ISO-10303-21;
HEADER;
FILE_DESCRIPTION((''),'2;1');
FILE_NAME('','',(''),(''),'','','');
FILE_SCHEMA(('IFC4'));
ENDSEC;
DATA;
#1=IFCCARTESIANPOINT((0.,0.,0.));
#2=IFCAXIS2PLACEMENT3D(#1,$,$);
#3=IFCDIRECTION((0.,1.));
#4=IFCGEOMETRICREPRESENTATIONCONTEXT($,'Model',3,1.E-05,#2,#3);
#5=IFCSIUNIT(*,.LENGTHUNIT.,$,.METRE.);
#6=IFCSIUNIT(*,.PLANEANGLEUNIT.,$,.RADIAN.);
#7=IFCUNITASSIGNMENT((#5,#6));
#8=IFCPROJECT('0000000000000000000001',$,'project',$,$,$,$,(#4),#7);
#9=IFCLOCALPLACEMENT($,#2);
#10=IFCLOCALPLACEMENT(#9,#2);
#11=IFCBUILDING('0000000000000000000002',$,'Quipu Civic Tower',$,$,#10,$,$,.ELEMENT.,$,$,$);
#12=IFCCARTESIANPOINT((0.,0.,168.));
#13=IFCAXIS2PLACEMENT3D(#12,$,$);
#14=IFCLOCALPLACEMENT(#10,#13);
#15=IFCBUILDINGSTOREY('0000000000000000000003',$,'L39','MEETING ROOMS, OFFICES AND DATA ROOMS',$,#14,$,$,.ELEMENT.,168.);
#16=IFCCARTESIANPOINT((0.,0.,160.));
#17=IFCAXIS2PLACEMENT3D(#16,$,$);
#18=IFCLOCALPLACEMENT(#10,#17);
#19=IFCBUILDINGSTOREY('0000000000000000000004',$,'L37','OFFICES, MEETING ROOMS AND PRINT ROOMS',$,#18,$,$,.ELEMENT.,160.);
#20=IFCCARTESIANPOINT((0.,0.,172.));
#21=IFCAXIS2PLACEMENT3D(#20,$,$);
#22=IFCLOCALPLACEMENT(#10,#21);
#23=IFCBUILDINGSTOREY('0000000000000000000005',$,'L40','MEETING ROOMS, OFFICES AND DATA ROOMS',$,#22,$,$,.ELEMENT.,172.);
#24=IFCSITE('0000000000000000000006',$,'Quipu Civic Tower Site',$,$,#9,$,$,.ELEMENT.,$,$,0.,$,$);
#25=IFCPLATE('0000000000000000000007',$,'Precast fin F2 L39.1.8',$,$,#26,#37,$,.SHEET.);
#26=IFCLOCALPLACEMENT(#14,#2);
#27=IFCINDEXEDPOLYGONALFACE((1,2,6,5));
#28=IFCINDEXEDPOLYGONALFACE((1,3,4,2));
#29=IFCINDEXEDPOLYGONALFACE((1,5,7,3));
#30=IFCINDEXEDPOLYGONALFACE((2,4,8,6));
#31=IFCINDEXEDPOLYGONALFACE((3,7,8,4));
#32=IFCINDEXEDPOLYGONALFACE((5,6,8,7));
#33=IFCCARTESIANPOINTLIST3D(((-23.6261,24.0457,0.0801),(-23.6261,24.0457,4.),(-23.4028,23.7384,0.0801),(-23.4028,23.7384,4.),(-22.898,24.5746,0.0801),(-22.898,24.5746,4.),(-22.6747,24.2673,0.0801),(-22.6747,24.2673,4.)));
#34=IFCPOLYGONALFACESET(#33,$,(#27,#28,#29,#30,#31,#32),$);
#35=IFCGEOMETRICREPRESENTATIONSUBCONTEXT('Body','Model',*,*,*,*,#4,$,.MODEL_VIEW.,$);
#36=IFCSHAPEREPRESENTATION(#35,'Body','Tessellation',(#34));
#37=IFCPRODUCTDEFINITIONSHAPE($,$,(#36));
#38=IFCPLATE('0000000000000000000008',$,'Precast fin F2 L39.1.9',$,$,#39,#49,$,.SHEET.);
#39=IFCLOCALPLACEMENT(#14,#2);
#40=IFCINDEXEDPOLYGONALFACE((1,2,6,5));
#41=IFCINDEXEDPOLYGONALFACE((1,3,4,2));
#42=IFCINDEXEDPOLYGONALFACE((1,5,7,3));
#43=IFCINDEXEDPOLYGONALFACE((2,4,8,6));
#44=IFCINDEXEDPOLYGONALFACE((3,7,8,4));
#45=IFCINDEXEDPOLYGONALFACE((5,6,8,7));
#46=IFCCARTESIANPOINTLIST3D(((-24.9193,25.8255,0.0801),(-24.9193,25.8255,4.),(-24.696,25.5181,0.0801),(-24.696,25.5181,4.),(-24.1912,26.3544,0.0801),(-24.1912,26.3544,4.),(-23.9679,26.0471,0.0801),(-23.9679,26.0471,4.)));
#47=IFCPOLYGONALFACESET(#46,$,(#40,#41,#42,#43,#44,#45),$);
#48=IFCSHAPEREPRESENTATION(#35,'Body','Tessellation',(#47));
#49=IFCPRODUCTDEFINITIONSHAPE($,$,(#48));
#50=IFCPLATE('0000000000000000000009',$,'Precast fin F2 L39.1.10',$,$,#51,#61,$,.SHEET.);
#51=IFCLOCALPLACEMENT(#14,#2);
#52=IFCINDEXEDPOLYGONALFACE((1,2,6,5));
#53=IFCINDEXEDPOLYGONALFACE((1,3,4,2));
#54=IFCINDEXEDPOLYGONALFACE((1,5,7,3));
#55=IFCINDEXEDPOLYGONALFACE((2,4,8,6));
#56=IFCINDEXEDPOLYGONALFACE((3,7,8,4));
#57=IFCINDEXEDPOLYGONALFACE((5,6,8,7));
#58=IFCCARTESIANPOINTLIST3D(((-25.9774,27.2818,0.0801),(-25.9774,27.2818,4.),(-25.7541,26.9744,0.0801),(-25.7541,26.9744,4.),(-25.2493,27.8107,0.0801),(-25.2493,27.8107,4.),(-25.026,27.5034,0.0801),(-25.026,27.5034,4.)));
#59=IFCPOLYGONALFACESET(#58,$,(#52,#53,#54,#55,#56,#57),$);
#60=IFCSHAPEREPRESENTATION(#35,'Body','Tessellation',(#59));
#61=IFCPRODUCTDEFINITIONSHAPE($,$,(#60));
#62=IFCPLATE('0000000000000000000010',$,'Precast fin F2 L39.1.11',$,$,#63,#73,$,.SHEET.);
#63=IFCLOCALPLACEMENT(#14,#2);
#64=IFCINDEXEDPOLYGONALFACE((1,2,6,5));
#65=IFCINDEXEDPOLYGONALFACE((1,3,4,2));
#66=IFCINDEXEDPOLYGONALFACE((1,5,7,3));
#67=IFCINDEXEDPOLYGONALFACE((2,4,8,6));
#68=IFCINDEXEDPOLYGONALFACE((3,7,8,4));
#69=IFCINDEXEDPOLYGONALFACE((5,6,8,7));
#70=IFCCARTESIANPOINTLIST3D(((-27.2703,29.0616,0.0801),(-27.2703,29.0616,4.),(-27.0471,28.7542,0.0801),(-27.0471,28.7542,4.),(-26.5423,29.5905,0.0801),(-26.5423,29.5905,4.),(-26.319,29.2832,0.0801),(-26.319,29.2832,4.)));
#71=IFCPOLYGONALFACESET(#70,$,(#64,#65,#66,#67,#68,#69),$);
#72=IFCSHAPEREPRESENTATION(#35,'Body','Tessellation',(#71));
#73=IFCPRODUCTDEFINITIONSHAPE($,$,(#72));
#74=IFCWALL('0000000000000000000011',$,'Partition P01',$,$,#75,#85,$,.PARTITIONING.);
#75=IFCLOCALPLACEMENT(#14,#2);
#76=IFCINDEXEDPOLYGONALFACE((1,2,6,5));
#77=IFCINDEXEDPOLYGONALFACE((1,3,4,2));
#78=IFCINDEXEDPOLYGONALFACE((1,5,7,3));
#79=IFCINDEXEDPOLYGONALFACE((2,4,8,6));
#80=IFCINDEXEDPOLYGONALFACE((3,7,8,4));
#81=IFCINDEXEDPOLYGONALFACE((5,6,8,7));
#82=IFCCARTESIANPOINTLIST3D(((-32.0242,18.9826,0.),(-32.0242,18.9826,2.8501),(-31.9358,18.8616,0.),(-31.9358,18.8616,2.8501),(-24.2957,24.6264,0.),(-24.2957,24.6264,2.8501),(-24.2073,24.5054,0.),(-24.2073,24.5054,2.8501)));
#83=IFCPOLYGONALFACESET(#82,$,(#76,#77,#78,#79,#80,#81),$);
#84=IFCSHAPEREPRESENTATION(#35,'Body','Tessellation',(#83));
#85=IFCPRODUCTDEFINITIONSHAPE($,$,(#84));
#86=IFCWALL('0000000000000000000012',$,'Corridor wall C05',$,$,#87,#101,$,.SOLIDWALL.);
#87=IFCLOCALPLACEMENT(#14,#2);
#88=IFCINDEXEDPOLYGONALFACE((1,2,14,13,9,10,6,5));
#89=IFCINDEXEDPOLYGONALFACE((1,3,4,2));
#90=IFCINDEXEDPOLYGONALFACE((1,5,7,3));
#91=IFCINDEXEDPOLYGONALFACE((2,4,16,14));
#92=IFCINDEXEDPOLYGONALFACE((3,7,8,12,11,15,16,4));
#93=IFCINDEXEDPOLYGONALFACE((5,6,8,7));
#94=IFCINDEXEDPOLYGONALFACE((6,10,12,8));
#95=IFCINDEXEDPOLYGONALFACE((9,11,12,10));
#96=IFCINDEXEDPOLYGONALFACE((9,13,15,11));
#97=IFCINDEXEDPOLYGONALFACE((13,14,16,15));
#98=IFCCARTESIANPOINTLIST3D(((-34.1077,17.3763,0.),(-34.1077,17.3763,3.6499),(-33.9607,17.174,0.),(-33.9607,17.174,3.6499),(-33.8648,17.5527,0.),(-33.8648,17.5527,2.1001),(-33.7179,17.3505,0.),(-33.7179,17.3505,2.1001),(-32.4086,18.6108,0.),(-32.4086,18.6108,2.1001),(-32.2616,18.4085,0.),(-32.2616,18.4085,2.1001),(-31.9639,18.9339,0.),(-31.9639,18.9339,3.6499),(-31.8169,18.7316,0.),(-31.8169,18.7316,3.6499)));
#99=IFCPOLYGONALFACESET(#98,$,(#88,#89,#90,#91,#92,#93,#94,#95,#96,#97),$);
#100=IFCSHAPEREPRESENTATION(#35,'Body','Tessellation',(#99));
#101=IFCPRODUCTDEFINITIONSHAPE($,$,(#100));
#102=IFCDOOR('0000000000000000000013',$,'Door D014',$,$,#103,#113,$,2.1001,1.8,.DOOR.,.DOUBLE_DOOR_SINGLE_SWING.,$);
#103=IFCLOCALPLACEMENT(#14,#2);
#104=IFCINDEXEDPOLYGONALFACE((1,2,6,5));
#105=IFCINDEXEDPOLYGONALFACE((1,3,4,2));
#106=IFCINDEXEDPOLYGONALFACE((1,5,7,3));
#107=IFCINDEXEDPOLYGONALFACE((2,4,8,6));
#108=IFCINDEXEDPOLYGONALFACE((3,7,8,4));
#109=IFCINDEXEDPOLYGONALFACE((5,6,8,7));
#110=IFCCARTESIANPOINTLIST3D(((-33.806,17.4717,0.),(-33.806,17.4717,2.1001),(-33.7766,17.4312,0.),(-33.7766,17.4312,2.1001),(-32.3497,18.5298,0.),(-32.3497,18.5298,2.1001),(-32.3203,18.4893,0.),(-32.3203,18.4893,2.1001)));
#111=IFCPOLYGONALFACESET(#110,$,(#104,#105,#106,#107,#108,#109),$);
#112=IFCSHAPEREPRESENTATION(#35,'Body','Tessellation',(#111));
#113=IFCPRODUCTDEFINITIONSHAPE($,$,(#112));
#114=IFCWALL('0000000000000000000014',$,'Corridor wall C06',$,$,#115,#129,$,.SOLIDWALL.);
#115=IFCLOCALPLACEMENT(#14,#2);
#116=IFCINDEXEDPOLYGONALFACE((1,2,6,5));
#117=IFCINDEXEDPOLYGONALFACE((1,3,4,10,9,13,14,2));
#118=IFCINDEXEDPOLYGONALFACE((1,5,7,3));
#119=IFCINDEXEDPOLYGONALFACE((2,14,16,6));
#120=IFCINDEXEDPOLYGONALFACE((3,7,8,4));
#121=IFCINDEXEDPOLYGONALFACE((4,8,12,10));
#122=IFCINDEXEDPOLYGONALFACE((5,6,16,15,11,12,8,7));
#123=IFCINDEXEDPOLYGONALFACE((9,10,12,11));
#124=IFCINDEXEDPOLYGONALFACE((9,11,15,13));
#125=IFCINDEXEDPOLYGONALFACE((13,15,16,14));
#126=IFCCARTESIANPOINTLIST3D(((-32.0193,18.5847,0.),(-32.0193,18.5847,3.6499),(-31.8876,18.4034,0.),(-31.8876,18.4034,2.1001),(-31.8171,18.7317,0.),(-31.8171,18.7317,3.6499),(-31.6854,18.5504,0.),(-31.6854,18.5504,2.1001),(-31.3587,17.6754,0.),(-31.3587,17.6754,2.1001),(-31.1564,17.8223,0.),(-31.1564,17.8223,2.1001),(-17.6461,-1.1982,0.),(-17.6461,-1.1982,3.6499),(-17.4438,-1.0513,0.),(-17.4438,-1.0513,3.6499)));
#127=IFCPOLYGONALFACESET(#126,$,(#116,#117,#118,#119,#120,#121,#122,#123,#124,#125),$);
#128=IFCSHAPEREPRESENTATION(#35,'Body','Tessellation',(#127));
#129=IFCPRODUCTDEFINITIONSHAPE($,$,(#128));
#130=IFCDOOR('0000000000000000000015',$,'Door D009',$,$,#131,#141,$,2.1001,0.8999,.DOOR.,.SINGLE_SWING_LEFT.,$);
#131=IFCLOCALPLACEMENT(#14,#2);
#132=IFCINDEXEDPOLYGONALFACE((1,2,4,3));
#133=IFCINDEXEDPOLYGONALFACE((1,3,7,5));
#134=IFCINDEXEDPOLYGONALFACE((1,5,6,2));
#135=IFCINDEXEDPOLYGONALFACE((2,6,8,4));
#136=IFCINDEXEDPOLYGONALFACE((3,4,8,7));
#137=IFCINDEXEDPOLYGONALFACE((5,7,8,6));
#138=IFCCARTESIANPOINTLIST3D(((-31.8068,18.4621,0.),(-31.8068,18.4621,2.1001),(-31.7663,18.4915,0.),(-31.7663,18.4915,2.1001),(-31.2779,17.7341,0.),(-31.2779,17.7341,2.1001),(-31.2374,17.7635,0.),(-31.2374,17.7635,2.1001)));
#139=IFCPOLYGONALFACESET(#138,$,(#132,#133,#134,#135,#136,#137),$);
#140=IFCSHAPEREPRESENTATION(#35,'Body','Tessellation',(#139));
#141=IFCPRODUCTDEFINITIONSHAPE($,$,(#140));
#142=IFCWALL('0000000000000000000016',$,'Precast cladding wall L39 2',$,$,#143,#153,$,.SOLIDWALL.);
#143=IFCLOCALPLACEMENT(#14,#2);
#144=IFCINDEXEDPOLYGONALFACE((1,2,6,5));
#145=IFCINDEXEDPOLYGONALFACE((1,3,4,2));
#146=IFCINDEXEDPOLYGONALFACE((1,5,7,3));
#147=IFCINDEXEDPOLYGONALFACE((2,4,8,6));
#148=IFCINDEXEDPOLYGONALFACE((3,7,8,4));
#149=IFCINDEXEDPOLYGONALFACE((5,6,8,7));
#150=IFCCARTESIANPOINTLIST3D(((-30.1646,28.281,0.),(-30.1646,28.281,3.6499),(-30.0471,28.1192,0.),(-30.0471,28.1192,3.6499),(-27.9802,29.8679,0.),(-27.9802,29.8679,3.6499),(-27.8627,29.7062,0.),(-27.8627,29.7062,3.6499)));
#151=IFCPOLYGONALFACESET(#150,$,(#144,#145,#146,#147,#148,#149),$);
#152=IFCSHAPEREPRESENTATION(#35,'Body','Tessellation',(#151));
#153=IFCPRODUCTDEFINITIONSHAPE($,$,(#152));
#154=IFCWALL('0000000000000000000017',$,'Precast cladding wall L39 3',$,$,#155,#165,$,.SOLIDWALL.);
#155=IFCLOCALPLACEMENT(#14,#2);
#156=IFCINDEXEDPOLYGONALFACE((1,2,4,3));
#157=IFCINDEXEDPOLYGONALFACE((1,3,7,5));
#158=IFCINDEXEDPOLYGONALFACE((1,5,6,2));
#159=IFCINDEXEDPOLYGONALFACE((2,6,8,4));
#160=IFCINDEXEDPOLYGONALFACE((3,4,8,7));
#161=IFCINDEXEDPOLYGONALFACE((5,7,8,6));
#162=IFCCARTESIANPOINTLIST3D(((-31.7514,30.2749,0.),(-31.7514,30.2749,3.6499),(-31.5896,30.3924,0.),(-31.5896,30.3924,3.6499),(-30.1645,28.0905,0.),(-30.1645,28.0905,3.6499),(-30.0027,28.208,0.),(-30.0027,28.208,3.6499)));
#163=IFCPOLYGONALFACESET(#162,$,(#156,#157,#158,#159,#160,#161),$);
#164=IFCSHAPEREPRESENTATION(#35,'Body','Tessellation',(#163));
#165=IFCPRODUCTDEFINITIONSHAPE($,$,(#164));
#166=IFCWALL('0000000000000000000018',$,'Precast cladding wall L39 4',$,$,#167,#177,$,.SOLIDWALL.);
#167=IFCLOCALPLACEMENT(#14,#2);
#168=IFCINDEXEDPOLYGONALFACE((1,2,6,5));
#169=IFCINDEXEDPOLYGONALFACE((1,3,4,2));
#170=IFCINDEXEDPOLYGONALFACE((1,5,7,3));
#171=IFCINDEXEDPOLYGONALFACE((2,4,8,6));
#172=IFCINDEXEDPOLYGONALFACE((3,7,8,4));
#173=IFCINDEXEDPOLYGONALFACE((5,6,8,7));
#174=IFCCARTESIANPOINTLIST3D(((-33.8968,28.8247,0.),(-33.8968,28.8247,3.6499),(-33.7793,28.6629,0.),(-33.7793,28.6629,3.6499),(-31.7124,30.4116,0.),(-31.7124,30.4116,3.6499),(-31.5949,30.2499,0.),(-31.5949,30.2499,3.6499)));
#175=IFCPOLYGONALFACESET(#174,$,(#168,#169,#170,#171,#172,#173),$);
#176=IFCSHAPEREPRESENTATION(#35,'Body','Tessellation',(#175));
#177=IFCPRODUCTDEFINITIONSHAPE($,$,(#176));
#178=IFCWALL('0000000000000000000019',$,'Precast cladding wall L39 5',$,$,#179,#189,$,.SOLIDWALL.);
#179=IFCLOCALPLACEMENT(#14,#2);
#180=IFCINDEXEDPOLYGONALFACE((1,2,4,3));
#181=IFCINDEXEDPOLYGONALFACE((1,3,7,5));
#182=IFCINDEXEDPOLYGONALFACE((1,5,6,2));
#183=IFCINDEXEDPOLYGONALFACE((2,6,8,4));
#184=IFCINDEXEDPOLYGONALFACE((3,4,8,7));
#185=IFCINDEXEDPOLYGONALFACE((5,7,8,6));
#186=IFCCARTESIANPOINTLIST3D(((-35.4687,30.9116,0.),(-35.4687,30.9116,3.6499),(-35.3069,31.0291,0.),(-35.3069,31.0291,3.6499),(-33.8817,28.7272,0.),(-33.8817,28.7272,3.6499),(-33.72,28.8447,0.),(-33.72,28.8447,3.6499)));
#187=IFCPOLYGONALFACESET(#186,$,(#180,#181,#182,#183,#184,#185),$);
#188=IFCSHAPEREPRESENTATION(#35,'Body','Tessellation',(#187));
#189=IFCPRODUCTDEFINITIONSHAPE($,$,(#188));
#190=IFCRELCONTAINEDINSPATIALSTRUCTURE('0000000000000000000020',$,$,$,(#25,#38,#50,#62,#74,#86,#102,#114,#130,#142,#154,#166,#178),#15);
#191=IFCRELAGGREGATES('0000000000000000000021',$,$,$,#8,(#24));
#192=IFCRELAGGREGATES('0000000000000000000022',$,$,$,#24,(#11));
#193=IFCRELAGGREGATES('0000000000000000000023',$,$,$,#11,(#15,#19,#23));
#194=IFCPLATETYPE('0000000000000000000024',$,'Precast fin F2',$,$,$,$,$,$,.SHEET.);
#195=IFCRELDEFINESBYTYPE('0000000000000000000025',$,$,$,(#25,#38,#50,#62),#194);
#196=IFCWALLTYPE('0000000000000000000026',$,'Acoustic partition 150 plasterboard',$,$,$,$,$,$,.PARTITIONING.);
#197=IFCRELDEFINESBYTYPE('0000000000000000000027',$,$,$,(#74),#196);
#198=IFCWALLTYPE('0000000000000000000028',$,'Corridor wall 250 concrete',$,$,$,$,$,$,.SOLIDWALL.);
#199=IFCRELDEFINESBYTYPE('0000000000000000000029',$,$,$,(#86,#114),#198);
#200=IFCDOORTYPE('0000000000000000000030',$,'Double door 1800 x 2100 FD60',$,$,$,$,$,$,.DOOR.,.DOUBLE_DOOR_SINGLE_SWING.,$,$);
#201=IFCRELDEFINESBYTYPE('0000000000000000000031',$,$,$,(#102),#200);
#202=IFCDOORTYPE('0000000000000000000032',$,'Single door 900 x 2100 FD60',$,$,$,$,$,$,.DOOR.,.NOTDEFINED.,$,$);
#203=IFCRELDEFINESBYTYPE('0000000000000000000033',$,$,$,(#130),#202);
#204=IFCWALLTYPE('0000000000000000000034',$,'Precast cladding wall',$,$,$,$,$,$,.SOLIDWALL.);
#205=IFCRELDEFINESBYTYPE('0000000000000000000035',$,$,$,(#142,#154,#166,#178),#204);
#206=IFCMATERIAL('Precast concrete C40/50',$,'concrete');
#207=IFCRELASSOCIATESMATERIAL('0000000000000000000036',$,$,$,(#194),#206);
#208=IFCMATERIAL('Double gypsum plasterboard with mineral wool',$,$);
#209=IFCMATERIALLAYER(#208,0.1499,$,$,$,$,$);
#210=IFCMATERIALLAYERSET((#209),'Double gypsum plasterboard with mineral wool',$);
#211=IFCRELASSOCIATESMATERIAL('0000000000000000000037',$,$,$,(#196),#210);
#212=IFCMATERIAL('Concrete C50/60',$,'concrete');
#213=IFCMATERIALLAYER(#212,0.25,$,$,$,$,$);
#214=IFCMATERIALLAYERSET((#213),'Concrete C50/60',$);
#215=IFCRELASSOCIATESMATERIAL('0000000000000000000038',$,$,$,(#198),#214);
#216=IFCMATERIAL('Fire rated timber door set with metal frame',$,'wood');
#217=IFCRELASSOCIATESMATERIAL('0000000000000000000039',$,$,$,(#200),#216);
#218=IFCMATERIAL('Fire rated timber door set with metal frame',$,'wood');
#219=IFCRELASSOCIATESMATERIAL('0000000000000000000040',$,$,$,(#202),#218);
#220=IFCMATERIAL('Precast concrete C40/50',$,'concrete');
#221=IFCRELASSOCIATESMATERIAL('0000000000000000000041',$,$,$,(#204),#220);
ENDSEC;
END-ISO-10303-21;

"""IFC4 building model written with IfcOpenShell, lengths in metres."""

from ifc_helpers import new_model, si_unit, direction, frame, frame_2d, origin, origin_2d, place, context, subcontext, project, spatial, rectangle, extrude, material, layer, layer_set, type_object, element, fill, save


model = new_model("IFC4")

# Units and contexts
model_context = context("Model", 3, precision=1e-05, world=origin(), true_north=direction((0.0, 1.0)))
body_context = subcontext(model_context, "Body", "Model", "MODEL_VIEW")
ifc_project = project(units=[si_unit("LENGTHUNIT", "METRE"), si_unit("PLANEANGLEUNIT", "RADIAN")], contexts=[model_context])

# Site, building, storey
site_placement = place(None, origin())
site = spatial("IfcSite", under=ifc_project, at=site_placement, Name="Quipu Civic Tower Site", CompositionType="ELEMENT", RefElevation=0.0)
building_placement = place(site_placement, origin())
building = spatial("IfcBuilding", under=site, at=building_placement, Name="Quipu Civic Tower", CompositionType="ELEMENT")
storey_1_placement = place(building_placement, frame((0.0, 0.0, 168.0)))
storey_1 = spatial("IfcBuildingStorey", under=building, at=storey_1_placement, Name="L39", Description="MEETING ROOMS, OFFICES AND DATA ROOMS", CompositionType="ELEMENT", Elevation=168.0)

# Shared definitions
storey_2_placement = place(building_placement, frame((0.0, 0.0, 160.0)))
storey_2 = spatial("IfcBuildingStorey", under=building, at=storey_2_placement, Name="L37", Description="OFFICES, MEETING ROOMS AND PRINT ROOMS", CompositionType="ELEMENT", Elevation=160.0)

# Shared definitions
storey_3_placement = place(building_placement, frame((0.0, 0.0, 172.0)))
storey_3 = spatial("IfcBuildingStorey", under=building, at=storey_3_placement, Name="L40", Description="MEETING ROOMS, OFFICES AND DATA ROOMS", CompositionType="ELEMENT", Elevation=172.0)

# Plates
ifc_material_1 = material(Name="Precast concrete C40/50", Category="concrete")
plate_type_1 = type_object("IfcPlateType", Name="Precast fin F2", PredefinedType="SHEET", material=ifc_material_1)
for number, where, z_axis, x_axis, name in (
    (1, (-23.1504, 24.1565, 0.0801), (0.0, 0.0, 1.0), (-0.587787, 0.809016, 0.0), "Precast fin F2 L39.1.8"),
    (2, (-24.4436, 25.9363, 0.0801), (0.0, 0.0, 1.0), (-0.587787, 0.809016, 0.0), "Precast fin F2 L39.1.9"),
    (3, (-25.5017, 27.3926, 0.0801), (0.0, 0.0, 1.0), (-0.587787, 0.809016, 0.0), "Precast fin F2 L39.1.10"),
    (4, (-26.7947, 29.1724, 0.0801), (0.0, 0.0, 1.0), (-0.587787, 0.809016, 0.0), "Precast fin F2 L39.1.11"),
):
    element("IfcPlate", number, at=place(storey_1_placement, frame(where, z_axis=z_axis, x_axis=x_axis)), inside=storey_1, type_object=plate_type_1, Name=name, PredefinedType="SHEET", context=body_context, shape_type="SweptSolid", body=[
        extrude(rectangle(XDim=0.3799, YDim=0.8999, at=origin_2d()), origin(), (0.0, 0.0, 1.0), 3.9199),
    ])

# Wall
ifc_material_2 = material(Name="Double gypsum plasterboard with mineral wool")
ifc_layer_1 = layer(ifc_material_2, 0.1499)
ifc_layer_set_1 = layer_set([ifc_layer_1], Name="Double gypsum plasterboard with mineral wool")
wall_type_1 = type_object("IfcWallType", Name="Acoustic partition 150 plasterboard", PredefinedType="PARTITIONING", material=ifc_layer_set_1)
wall_1_placement = place(storey_1_placement, frame((-31.98, 18.9221, 0.0), z_axis=(0.0, 0.0, 1.0), x_axis=(0.807588, 0.589747, 0.0)))
element("IfcWall", 5, at=wall_1_placement, inside=storey_1, type_object=wall_type_1, Name="Partition P01", PredefinedType="PARTITIONING", context=body_context, shape_type="SweptSolid", body=[
    extrude(rectangle(XDim=9.5698, YDim=0.1499, at=frame_2d((4.7849, 0.0))), origin(), (0.0, 0.0, 1.0), 2.8501),
])

# Walls, openings, doors
ifc_material_3 = material(Name="Concrete C50/60", Category="concrete")
ifc_layer_2 = layer(ifc_material_3, 0.25)
ifc_layer_set_2 = layer_set([ifc_layer_2], Name="Concrete C50/60")
wall_type_2 = type_object("IfcWallType", Name="Corridor wall 250 concrete", PredefinedType="SOLIDWALL", material=ifc_layer_set_2)
wall_2_placement = place(storey_1_placement, frame((-34.0342, 17.2751, 0.0), z_axis=(0.0, 0.0, 1.0), x_axis=(0.809007, 0.587799, 0.0)))
wall_2 = element("IfcWall", 6, at=wall_2_placement, inside=storey_1, type_object=wall_type_2, Name="Corridor wall C05", PredefinedType="SOLIDWALL", context=body_context, shape_type="SweptSolid", body=[
    extrude(rectangle(XDim=2.6499, YDim=0.25, at=frame_2d((1.325, 0.0))), origin(), (0.0, 0.0, 1.0), 3.6499),
])
opening_1_placement = place(wall_2_placement, frame((0.3003, 0.0, 0.0)))
opening_1 = element("IfcOpeningElement", 7, at=opening_1_placement, cuts=wall_2, PredefinedType="OPENING", context=body_context, shape_type="SweptSolid", body=[
    extrude(rectangle(XDim=1.8, YDim=2.1001, at=frame_2d((0.8999, 1.05))), frame((0.0, 0.135, 0.0), z_axis=(0.0, -1.0, 0.0), x_axis=(1.0, 0.0, 0.0)), (0.0, 0.0, 1.0), 0.27),
])
ifc_material_4 = material(Name="Fire rated timber door set with metal frame", Category="wood")
door_type_1 = type_object("IfcDoorType", Name="Double door 1800 x 2100 FD60", OperationType="DOUBLE_DOOR_SINGLE_SWING", PredefinedType="DOOR", material=ifc_material_4)
door_1_placement = place(opening_1_placement, origin())
door_1 = element("IfcDoor", 8, at=door_1_placement, inside=storey_1, type_object=door_type_1, Name="Door D014", OperationType="DOUBLE_DOOR_SINGLE_SWING", OverallHeight=2.1001, OverallWidth=1.8, PredefinedType="DOOR", context=body_context, shape_type="SweptSolid", body=[
    extrude(rectangle(XDim=1.8, YDim=2.1001, at=frame_2d((0.8999, 1.05))), frame((0.0, 0.0249, 0.0), z_axis=(0.0, -1.0, 0.0), x_axis=(1.0, 0.0, 0.0)), (0.0, 0.0, 1.0), 0.05),
])
fill(opening_1, door_1)
wall_3_placement = place(storey_1_placement, frame((-31.9182, 18.6582, 0.0), z_axis=(0.0, 0.0, 1.0), x_axis=(0.587789, -0.809014, 0.0)))
wall_3 = element("IfcWall", 9, at=wall_3_placement, inside=storey_1, type_object=wall_type_2, Name="Corridor wall C06", PredefinedType="SOLIDWALL", context=body_context, shape_type="SweptSolid", body=[
    extrude(rectangle(XDim=24.4531, YDim=0.25, at=frame_2d((12.2266, 0.0))), origin(), (0.0, 0.0, 1.0), 3.6499),
])
opening_2_placement = place(wall_3_placement, frame((0.2241, 0.0, 0.0)))
opening_2 = element("IfcOpeningElement", 10, at=opening_2_placement, cuts=wall_3, PredefinedType="OPENING", context=body_context, shape_type="SweptSolid", body=[
    extrude(rectangle(XDim=0.8999, YDim=2.1001, at=frame_2d((0.45, 1.05))), frame((0.0, 0.135, 0.0), z_axis=(0.0, -1.0, 0.0), x_axis=(1.0, 0.0, 0.0)), (0.0, 0.0, 1.0), 0.27),
])
ifc_material_5 = material(Name="Fire rated timber door set with metal frame", Category="wood")
door_type_2 = type_object("IfcDoorType", Name="Single door 900 x 2100 FD60", OperationType="NOTDEFINED", PredefinedType="DOOR", material=ifc_material_5)
door_2_placement = place(opening_2_placement, origin())
door_2 = element("IfcDoor", 11, at=door_2_placement, inside=storey_1, type_object=door_type_2, Name="Door D009", OperationType="SINGLE_SWING_LEFT", OverallHeight=2.1001, OverallWidth=0.8999, PredefinedType="DOOR", context=body_context, shape_type="SweptSolid", body=[
    extrude(rectangle(XDim=0.8999, YDim=2.1001, at=frame_2d((0.45, 1.05))), frame((0.0, 0.0249, 0.0), z_axis=(0.0, -1.0, 0.0), x_axis=(1.0, 0.0, 0.0)), (0.0, 0.0, 1.0), 0.05),
])
fill(opening_2, door_2)

# Walls
ifc_material_6 = material(Name="Precast concrete C40/50", Category="concrete")
wall_type_3 = type_object("IfcWallType", Name="Precast cladding wall", PredefinedType="SOLIDWALL", material=ifc_material_6)
for number, where, z_axis, x_axis, name in (
    (12, (-27.9214, 29.7871, 0.0), (0.0, 0.0, 1.0), (-0.809033, -0.587763, 0.0), "Precast cladding wall L39 2"),
    (13, (-30.0835, 28.1492, 0.0), (0.0, 0.0, 1.0), (-0.587763, 0.809033, 0.0), "Precast cladding wall L39 3"),
    (14, (-31.6536, 30.3308, 0.0), (0.0, 0.0, 1.0), (-0.809033, -0.587763, 0.0), "Precast cladding wall L39 4"),
    (15, (-33.8008, 28.7859, 0.0), (0.0, 0.0, 1.0), (-0.587763, 0.809033, 0.0), "Precast cladding wall L39 5"),
):
    element("IfcWall", number, at=place(storey_1_placement, frame(where, z_axis=z_axis, x_axis=x_axis)), inside=storey_1, type_object=wall_type_3, Name=name, PredefinedType="SOLIDWALL", context=body_context, shape_type="SweptSolid", body=[
        extrude(rectangle(XDim=2.7, YDim=0.2, at=frame_2d((1.3501, 0.0))), origin(), (0.0, 0.0, 1.0), 3.6499),
    ])

save(model, "model.ifc")
